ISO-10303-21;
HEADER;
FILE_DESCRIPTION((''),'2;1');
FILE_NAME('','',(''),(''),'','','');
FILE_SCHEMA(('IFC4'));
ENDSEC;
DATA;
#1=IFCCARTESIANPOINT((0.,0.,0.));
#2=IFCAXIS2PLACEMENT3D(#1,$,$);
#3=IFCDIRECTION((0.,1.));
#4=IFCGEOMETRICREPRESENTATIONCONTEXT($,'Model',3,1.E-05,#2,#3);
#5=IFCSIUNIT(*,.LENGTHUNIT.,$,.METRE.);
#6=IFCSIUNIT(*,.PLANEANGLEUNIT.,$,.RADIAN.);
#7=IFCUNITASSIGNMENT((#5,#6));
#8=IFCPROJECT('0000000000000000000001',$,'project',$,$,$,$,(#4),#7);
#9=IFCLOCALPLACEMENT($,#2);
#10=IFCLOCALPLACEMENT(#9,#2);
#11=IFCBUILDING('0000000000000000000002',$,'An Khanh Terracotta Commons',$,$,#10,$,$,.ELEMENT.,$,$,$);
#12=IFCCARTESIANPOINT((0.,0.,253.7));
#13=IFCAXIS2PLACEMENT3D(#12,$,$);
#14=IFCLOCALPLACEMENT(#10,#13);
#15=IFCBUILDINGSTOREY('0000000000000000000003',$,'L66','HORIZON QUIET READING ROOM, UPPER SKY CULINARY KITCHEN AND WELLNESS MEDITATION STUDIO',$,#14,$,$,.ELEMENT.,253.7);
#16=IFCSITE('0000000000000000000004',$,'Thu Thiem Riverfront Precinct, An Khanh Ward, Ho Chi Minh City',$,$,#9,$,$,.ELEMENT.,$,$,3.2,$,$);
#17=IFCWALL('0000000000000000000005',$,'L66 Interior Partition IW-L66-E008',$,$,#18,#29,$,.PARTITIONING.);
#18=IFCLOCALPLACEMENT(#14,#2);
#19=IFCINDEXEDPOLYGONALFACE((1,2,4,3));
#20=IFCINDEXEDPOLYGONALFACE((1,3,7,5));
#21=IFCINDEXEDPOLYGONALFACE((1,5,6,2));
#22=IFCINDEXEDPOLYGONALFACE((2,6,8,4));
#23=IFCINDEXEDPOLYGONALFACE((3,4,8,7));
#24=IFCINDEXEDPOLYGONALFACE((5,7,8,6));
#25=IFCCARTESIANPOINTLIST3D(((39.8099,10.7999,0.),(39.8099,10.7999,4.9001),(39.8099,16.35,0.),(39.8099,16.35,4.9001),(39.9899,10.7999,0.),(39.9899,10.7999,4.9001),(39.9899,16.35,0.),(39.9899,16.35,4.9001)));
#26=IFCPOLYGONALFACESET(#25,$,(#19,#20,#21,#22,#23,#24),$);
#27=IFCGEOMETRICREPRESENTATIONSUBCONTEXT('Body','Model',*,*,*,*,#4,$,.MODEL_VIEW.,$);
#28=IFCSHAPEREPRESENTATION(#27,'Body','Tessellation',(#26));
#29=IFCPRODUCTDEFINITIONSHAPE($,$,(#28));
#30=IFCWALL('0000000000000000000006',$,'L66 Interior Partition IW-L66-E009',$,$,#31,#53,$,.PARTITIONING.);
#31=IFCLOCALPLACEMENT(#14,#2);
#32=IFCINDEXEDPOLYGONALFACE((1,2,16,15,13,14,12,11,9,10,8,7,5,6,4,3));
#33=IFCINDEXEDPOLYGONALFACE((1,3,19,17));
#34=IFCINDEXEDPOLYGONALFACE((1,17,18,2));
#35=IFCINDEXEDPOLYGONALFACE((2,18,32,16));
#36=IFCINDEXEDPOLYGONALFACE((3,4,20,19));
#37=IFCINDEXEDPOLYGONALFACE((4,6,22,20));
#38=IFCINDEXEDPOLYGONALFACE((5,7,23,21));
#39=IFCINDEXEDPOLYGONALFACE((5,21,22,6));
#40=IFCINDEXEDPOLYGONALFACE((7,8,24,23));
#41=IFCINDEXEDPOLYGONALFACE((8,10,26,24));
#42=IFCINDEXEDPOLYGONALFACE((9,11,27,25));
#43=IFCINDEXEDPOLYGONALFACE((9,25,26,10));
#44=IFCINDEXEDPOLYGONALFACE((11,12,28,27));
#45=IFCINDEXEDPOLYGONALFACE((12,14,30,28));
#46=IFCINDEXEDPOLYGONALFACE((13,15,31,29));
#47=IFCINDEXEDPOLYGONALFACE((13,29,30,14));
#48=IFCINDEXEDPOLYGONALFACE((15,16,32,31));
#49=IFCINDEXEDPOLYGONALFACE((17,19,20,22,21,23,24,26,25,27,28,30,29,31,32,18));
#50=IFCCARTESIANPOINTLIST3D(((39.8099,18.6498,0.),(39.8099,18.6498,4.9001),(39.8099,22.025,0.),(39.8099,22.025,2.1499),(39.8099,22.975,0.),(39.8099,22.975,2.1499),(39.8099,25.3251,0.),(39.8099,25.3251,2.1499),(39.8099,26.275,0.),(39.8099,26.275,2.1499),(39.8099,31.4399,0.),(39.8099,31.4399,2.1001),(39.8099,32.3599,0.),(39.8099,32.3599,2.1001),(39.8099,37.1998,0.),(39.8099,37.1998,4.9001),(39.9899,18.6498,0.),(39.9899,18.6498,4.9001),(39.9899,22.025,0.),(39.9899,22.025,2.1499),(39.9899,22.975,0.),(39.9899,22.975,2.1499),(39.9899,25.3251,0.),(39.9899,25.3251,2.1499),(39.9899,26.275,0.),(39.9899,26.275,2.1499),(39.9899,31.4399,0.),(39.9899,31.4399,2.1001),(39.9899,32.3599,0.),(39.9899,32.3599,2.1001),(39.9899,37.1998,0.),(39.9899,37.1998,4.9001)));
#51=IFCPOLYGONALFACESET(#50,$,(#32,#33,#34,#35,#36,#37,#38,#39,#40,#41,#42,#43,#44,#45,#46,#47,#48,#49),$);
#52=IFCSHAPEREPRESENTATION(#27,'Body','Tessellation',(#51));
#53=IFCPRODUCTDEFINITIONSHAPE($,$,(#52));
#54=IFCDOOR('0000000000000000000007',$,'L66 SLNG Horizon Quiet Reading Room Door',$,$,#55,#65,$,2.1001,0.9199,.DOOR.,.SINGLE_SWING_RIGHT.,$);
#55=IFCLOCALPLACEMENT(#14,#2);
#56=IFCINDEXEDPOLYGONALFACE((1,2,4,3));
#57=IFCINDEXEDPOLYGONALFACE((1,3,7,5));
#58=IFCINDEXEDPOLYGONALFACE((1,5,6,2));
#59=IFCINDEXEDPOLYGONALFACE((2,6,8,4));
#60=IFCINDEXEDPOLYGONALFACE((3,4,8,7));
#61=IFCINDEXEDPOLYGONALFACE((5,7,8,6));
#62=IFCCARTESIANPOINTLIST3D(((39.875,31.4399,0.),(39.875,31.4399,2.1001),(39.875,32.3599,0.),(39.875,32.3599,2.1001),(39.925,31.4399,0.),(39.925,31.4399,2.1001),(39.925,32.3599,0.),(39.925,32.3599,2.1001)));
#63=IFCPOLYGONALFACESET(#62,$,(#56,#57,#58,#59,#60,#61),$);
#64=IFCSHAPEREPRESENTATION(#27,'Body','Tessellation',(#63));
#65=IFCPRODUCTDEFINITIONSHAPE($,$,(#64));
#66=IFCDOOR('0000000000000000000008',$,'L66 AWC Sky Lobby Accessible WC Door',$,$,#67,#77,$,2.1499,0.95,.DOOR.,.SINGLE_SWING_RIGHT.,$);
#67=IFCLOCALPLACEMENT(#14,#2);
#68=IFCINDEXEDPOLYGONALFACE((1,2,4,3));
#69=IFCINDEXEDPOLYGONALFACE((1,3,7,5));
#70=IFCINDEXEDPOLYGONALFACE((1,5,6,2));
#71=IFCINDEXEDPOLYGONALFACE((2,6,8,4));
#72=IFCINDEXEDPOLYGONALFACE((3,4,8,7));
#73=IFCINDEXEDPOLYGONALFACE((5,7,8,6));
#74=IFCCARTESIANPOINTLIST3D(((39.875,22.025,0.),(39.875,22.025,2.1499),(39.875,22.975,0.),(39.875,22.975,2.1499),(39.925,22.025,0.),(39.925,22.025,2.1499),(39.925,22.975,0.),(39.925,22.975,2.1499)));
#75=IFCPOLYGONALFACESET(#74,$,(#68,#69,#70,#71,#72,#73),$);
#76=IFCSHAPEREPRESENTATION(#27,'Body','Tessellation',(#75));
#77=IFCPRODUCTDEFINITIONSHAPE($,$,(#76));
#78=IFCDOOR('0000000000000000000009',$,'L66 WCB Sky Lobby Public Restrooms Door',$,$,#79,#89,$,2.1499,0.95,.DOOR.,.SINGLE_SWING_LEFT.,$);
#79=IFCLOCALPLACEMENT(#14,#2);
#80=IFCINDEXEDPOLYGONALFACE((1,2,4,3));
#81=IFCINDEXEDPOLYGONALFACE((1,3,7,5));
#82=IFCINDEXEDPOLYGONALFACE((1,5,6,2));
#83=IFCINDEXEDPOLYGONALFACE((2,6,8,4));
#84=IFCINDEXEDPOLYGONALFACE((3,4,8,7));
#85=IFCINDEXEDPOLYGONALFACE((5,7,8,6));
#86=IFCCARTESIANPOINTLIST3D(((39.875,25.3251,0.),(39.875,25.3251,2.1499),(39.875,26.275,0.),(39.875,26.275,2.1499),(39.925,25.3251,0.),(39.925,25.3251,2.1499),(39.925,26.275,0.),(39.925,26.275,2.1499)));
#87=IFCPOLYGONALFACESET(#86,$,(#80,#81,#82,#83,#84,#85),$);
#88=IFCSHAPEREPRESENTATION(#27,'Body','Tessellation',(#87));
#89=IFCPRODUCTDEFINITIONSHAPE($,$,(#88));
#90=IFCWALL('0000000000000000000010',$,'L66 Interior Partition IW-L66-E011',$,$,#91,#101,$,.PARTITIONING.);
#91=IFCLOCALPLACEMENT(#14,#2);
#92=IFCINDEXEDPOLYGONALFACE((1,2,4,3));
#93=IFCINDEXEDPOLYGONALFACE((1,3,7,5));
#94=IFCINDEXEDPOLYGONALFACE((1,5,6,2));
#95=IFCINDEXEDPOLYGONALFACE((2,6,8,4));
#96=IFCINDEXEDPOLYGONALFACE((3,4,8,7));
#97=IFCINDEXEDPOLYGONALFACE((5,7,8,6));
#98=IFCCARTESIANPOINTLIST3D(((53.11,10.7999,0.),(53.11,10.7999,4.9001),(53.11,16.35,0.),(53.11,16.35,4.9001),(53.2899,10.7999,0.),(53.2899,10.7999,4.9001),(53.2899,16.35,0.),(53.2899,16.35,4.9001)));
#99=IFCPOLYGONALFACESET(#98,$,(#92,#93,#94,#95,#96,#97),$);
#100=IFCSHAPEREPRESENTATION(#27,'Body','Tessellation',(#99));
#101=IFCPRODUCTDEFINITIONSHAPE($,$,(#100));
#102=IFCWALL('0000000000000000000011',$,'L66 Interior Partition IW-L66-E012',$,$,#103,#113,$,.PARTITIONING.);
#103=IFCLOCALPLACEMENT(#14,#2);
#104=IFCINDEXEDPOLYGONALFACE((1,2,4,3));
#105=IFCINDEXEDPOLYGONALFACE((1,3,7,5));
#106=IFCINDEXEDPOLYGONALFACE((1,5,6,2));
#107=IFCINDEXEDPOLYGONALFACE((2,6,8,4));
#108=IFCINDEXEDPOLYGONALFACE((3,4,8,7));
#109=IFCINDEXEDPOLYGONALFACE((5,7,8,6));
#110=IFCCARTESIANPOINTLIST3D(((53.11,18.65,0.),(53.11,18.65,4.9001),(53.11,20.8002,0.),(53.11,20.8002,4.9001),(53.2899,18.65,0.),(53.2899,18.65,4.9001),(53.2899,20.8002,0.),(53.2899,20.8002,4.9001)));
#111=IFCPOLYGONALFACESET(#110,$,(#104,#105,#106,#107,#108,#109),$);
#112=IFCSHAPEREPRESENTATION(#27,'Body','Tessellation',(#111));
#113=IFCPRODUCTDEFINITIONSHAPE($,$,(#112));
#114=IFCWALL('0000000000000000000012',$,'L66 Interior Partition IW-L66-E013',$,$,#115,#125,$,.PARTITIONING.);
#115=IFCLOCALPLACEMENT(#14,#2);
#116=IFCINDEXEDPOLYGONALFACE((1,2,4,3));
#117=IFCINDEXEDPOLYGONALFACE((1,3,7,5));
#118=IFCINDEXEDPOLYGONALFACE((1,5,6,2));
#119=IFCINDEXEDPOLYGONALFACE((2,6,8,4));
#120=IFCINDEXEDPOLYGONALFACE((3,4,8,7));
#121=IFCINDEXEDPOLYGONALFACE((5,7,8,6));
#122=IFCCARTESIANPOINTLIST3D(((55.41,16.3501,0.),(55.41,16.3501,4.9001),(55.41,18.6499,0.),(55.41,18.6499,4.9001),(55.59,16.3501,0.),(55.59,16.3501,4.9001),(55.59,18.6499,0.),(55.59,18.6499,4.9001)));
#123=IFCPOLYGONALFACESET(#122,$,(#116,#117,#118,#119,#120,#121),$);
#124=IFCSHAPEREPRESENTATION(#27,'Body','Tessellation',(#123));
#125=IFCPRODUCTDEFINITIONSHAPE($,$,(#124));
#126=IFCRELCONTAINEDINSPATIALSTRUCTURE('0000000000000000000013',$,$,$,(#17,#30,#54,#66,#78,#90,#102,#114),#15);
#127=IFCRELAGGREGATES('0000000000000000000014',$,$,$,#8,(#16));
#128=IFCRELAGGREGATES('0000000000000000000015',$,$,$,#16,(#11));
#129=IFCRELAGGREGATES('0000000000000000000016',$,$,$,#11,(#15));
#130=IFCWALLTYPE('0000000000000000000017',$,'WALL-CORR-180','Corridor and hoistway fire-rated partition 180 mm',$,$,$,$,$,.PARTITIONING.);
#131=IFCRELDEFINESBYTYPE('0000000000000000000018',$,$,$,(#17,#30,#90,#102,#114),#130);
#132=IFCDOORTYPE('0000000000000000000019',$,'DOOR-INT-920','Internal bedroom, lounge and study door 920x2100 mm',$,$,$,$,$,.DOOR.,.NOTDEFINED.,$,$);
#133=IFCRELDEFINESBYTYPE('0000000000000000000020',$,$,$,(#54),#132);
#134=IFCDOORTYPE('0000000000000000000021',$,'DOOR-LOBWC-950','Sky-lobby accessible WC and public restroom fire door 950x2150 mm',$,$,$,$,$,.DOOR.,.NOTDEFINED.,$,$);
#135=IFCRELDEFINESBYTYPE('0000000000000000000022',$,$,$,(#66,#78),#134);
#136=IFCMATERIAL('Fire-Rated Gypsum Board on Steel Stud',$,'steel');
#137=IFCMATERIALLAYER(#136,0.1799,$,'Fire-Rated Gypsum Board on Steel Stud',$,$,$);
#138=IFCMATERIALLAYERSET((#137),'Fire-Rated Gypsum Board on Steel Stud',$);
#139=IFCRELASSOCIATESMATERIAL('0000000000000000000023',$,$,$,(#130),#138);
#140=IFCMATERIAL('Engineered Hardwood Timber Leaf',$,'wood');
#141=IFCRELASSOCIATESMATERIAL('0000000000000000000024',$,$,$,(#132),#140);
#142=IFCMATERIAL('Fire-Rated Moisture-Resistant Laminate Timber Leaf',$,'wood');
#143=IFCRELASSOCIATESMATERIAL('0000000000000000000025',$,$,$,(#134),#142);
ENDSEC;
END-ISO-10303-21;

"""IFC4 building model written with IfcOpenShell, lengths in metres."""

from ifc_helpers import new_model, si_unit, direction, frame, frame_2d, origin, place, context, subcontext, project, spatial, rectangle, extrude, material, layer, layer_set, type_object, element, fill, save


model = new_model("IFC4")

# Units and contexts
model_context = context("Model", 3, precision=1e-05, world=origin(), true_north=direction((0.0, 1.0)))
body_context = subcontext(model_context, "Body", "Model", "MODEL_VIEW")
ifc_project = project(units=[si_unit("LENGTHUNIT", "METRE"), si_unit("PLANEANGLEUNIT", "RADIAN")], contexts=[model_context])

# Site, building, storey
site_placement = place(None, origin())
site = spatial("IfcSite", under=ifc_project, at=site_placement, Name="Thu Thiem Riverfront Precinct, An Khanh Ward, Ho Chi Minh City", CompositionType="ELEMENT", RefElevation=3.2)
building_placement = place(site_placement, origin())
building = spatial("IfcBuilding", under=site, at=building_placement, Name="An Khanh Terracotta Commons", CompositionType="ELEMENT")
storey_placement = place(building_placement, frame((0.0, 0.0, 253.7)))
storey = spatial("IfcBuildingStorey", under=building, at=storey_placement, Name="L66", Description="HORIZON QUIET READING ROOM, UPPER SKY CULINARY KITCHEN AND WELLNESS MEDITATION STUDIO", CompositionType="ELEMENT", Elevation=253.7)

# Shared definitions
ifc_material_1 = material(Name="Fire-Rated Gypsum Board on Steel Stud", Category="steel")
ifc_layer_1 = layer(ifc_material_1, 0.1799, Name="Fire-Rated Gypsum Board on Steel Stud")
ifc_layer_set_1 = layer_set([ifc_layer_1], Name="Fire-Rated Gypsum Board on Steel Stud")
wall_type_1 = type_object("IfcWallType", Name="WALL-CORR-180", Description="Corridor and hoistway fire-rated partition 180 mm", PredefinedType="PARTITIONING", material=ifc_layer_set_1)
ifc_material_2 = material(Name="Engineered Hardwood Timber Leaf", Category="wood")
door_type_1 = type_object("IfcDoorType", Name="DOOR-INT-920", Description="Internal bedroom, lounge and study door 920x2100 mm", OperationType="NOTDEFINED", PredefinedType="DOOR", material=ifc_material_2)

# Wall
wall_1_placement = place(storey_placement, frame((39.8999, 10.8, 0.0), z_axis=(0.0, 0.0, 1.0), x_axis=(0.0, 1.0, 0.0)))
element("IfcWall", 1, at=wall_1_placement, inside=storey, type_object=wall_type_1, Name="L66 Interior Partition IW-L66-E008", PredefinedType="PARTITIONING", context=body_context, shape_type="SweptSolid", body=[
    extrude(rectangle(XDim=5.55, YDim=0.1799, at=frame_2d((2.7749, 0.0))), origin(), (0.0, 0.0, 1.0), 4.9001),
])

# Wall, openings, doors
wall_2_placement = place(storey_placement, frame((39.8999, 18.6499, 0.0), z_axis=(0.0, 0.0, 1.0), x_axis=(0.0, 1.0, 0.0)))
wall_2 = element("IfcWall", 2, at=wall_2_placement, inside=storey, type_object=wall_type_1, Name="L66 Interior Partition IW-L66-E009", PredefinedType="PARTITIONING", context=body_context, shape_type="SweptSolid", body=[
    extrude(rectangle(XDim=18.55, YDim=0.1799, at=frame_2d((9.2749, 0.0))), origin(), (0.0, 0.0, 1.0), 4.9001),
])
opening_1_placement = place(wall_2_placement, frame((3.375, 0.0, 0.0)))
opening_1 = element("IfcOpeningElement", 3, at=opening_1_placement, cuts=wall_2, PredefinedType="OPENING", context=body_context, shape_type="SweptSolid", body=[
    extrude(rectangle(XDim=0.95, YDim=2.1499, at=frame_2d((0.4751, 1.075))), frame((0.0, 0.0999, 0.0), z_axis=(0.0, -1.0, 0.0), x_axis=(1.0, 0.0, 0.0)), (0.0, 0.0, 1.0), 0.2),
])
opening_2_placement = place(wall_2_placement, frame((6.675, 0.0, 0.0)))
opening_2 = element("IfcOpeningElement", 4, at=opening_2_placement, cuts=wall_2, PredefinedType="OPENING", context=body_context, shape_type="SweptSolid", body=[
    extrude(rectangle(XDim=0.95, YDim=2.1499, at=frame_2d((0.4751, 1.075))), frame((0.0, 0.0999, 0.0), z_axis=(0.0, -1.0, 0.0), x_axis=(1.0, 0.0, 0.0)), (0.0, 0.0, 1.0), 0.2),
])
opening_3_placement = place(wall_2_placement, frame((12.79, 0.0, 0.0)))
opening_3 = element("IfcOpeningElement", 5, at=opening_3_placement, cuts=wall_2, PredefinedType="OPENING", context=body_context, shape_type="SweptSolid", body=[
    extrude(rectangle(XDim=0.9199, YDim=2.1001, at=frame_2d((0.46, 1.05))), frame((0.0, 0.0999, 0.0), z_axis=(0.0, -1.0, 0.0), x_axis=(1.0, 0.0, 0.0)), (0.0, 0.0, 1.0), 0.2),
])
door_1_placement = place(opening_3_placement, origin())
door_1 = element("IfcDoor", 6, at=door_1_placement, inside=storey, type_object=door_type_1, Name="L66 SLNG Horizon Quiet Reading Room Door", OperationType="SINGLE_SWING_RIGHT", OverallHeight=2.1001, OverallWidth=0.9199, PredefinedType="DOOR", context=body_context, shape_type="SweptSolid", body=[
    extrude(rectangle(XDim=0.9199, YDim=2.1001, at=frame_2d((0.46, 1.05))), frame((0.0, 0.0249, 0.0), z_axis=(0.0, -1.0, 0.0), x_axis=(1.0, 0.0, 0.0)), (0.0, 0.0, 1.0), 0.05),
])
fill(opening_3, door_1)
ifc_material_3 = material(Name="Fire-Rated Moisture-Resistant Laminate Timber Leaf", Category="wood")
door_type_2 = type_object("IfcDoorType", Name="DOOR-LOBWC-950", Description="Sky-lobby accessible WC and public restroom fire door 950x2150 mm", OperationType="NOTDEFINED", PredefinedType="DOOR", material=ifc_material_3)
door_2_placement = place(opening_1_placement, origin())
door_2 = element("IfcDoor", 7, at=door_2_placement, inside=storey, type_object=door_type_2, Name="L66 AWC Sky Lobby Accessible WC Door", OperationType="SINGLE_SWING_RIGHT", OverallHeight=2.1499, OverallWidth=0.95, PredefinedType="DOOR", context=body_context, shape_type="SweptSolid", body=[
    extrude(rectangle(XDim=0.95, YDim=2.1499, at=frame_2d((0.4751, 1.075))), frame((0.0, 0.0249, 0.0), z_axis=(0.0, -1.0, 0.0), x_axis=(1.0, 0.0, 0.0)), (0.0, 0.0, 1.0), 0.05),
])
fill(opening_1, door_2)
door_3_placement = place(opening_2_placement, origin())
door_3 = element("IfcDoor", 8, at=door_3_placement, inside=storey, type_object=door_type_2, Name="L66 WCB Sky Lobby Public Restrooms Door", OperationType="SINGLE_SWING_LEFT", OverallHeight=2.1499, OverallWidth=0.95, PredefinedType="DOOR", context=body_context, shape_type="SweptSolid", body=[
    extrude(rectangle(XDim=0.95, YDim=2.1499, at=frame_2d((0.4751, 1.075))), frame((0.0, 0.0249, 0.0), z_axis=(0.0, -1.0, 0.0), x_axis=(1.0, 0.0, 0.0)), (0.0, 0.0, 1.0), 0.05),
])
fill(opening_2, door_3)

# Walls
wall_3_placement = place(storey_placement, frame((53.2, 10.8, 0.0), z_axis=(0.0, 0.0, 1.0), x_axis=(0.0, 1.0, 0.0)))
element("IfcWall", 9, at=wall_3_placement, inside=storey, type_object=wall_type_1, Name="L66 Interior Partition IW-L66-E011", PredefinedType="PARTITIONING", context=body_context, shape_type="SweptSolid", body=[
    extrude(rectangle(XDim=5.55, YDim=0.1799, at=frame_2d((2.7749, 0.0))), origin(), (0.0, 0.0, 1.0), 4.9001),
])
wall_4_placement = place(storey_placement, frame((53.2, 18.6499, 0.0), z_axis=(0.0, 0.0, 1.0), x_axis=(0.0, 1.0, 0.0)))
element("IfcWall", 10, at=wall_4_placement, inside=storey, type_object=wall_type_1, Name="L66 Interior Partition IW-L66-E012", PredefinedType="PARTITIONING", context=body_context, shape_type="SweptSolid", body=[
    extrude(rectangle(XDim=2.1501, YDim=0.1799, at=frame_2d((1.0752, 0.0))), origin(), (0.0, 0.0, 1.0), 4.9001),
])
wall_5_placement = place(storey_placement, frame((55.5, 16.3501, 0.0), z_axis=(0.0, 0.0, 1.0), x_axis=(0.0, 1.0, 0.0)))
element("IfcWall", 11, at=wall_5_placement, inside=storey, type_object=wall_type_1, Name="L66 Interior Partition IW-L66-E013", PredefinedType="PARTITIONING", context=body_context, shape_type="SweptSolid", body=[
    extrude(rectangle(XDim=2.2998, YDim=0.1799, at=frame_2d((1.1499, 0.0))), origin(), (0.0, 0.0, 1.0), 4.9001),
])

save(model, "model.ifc")
